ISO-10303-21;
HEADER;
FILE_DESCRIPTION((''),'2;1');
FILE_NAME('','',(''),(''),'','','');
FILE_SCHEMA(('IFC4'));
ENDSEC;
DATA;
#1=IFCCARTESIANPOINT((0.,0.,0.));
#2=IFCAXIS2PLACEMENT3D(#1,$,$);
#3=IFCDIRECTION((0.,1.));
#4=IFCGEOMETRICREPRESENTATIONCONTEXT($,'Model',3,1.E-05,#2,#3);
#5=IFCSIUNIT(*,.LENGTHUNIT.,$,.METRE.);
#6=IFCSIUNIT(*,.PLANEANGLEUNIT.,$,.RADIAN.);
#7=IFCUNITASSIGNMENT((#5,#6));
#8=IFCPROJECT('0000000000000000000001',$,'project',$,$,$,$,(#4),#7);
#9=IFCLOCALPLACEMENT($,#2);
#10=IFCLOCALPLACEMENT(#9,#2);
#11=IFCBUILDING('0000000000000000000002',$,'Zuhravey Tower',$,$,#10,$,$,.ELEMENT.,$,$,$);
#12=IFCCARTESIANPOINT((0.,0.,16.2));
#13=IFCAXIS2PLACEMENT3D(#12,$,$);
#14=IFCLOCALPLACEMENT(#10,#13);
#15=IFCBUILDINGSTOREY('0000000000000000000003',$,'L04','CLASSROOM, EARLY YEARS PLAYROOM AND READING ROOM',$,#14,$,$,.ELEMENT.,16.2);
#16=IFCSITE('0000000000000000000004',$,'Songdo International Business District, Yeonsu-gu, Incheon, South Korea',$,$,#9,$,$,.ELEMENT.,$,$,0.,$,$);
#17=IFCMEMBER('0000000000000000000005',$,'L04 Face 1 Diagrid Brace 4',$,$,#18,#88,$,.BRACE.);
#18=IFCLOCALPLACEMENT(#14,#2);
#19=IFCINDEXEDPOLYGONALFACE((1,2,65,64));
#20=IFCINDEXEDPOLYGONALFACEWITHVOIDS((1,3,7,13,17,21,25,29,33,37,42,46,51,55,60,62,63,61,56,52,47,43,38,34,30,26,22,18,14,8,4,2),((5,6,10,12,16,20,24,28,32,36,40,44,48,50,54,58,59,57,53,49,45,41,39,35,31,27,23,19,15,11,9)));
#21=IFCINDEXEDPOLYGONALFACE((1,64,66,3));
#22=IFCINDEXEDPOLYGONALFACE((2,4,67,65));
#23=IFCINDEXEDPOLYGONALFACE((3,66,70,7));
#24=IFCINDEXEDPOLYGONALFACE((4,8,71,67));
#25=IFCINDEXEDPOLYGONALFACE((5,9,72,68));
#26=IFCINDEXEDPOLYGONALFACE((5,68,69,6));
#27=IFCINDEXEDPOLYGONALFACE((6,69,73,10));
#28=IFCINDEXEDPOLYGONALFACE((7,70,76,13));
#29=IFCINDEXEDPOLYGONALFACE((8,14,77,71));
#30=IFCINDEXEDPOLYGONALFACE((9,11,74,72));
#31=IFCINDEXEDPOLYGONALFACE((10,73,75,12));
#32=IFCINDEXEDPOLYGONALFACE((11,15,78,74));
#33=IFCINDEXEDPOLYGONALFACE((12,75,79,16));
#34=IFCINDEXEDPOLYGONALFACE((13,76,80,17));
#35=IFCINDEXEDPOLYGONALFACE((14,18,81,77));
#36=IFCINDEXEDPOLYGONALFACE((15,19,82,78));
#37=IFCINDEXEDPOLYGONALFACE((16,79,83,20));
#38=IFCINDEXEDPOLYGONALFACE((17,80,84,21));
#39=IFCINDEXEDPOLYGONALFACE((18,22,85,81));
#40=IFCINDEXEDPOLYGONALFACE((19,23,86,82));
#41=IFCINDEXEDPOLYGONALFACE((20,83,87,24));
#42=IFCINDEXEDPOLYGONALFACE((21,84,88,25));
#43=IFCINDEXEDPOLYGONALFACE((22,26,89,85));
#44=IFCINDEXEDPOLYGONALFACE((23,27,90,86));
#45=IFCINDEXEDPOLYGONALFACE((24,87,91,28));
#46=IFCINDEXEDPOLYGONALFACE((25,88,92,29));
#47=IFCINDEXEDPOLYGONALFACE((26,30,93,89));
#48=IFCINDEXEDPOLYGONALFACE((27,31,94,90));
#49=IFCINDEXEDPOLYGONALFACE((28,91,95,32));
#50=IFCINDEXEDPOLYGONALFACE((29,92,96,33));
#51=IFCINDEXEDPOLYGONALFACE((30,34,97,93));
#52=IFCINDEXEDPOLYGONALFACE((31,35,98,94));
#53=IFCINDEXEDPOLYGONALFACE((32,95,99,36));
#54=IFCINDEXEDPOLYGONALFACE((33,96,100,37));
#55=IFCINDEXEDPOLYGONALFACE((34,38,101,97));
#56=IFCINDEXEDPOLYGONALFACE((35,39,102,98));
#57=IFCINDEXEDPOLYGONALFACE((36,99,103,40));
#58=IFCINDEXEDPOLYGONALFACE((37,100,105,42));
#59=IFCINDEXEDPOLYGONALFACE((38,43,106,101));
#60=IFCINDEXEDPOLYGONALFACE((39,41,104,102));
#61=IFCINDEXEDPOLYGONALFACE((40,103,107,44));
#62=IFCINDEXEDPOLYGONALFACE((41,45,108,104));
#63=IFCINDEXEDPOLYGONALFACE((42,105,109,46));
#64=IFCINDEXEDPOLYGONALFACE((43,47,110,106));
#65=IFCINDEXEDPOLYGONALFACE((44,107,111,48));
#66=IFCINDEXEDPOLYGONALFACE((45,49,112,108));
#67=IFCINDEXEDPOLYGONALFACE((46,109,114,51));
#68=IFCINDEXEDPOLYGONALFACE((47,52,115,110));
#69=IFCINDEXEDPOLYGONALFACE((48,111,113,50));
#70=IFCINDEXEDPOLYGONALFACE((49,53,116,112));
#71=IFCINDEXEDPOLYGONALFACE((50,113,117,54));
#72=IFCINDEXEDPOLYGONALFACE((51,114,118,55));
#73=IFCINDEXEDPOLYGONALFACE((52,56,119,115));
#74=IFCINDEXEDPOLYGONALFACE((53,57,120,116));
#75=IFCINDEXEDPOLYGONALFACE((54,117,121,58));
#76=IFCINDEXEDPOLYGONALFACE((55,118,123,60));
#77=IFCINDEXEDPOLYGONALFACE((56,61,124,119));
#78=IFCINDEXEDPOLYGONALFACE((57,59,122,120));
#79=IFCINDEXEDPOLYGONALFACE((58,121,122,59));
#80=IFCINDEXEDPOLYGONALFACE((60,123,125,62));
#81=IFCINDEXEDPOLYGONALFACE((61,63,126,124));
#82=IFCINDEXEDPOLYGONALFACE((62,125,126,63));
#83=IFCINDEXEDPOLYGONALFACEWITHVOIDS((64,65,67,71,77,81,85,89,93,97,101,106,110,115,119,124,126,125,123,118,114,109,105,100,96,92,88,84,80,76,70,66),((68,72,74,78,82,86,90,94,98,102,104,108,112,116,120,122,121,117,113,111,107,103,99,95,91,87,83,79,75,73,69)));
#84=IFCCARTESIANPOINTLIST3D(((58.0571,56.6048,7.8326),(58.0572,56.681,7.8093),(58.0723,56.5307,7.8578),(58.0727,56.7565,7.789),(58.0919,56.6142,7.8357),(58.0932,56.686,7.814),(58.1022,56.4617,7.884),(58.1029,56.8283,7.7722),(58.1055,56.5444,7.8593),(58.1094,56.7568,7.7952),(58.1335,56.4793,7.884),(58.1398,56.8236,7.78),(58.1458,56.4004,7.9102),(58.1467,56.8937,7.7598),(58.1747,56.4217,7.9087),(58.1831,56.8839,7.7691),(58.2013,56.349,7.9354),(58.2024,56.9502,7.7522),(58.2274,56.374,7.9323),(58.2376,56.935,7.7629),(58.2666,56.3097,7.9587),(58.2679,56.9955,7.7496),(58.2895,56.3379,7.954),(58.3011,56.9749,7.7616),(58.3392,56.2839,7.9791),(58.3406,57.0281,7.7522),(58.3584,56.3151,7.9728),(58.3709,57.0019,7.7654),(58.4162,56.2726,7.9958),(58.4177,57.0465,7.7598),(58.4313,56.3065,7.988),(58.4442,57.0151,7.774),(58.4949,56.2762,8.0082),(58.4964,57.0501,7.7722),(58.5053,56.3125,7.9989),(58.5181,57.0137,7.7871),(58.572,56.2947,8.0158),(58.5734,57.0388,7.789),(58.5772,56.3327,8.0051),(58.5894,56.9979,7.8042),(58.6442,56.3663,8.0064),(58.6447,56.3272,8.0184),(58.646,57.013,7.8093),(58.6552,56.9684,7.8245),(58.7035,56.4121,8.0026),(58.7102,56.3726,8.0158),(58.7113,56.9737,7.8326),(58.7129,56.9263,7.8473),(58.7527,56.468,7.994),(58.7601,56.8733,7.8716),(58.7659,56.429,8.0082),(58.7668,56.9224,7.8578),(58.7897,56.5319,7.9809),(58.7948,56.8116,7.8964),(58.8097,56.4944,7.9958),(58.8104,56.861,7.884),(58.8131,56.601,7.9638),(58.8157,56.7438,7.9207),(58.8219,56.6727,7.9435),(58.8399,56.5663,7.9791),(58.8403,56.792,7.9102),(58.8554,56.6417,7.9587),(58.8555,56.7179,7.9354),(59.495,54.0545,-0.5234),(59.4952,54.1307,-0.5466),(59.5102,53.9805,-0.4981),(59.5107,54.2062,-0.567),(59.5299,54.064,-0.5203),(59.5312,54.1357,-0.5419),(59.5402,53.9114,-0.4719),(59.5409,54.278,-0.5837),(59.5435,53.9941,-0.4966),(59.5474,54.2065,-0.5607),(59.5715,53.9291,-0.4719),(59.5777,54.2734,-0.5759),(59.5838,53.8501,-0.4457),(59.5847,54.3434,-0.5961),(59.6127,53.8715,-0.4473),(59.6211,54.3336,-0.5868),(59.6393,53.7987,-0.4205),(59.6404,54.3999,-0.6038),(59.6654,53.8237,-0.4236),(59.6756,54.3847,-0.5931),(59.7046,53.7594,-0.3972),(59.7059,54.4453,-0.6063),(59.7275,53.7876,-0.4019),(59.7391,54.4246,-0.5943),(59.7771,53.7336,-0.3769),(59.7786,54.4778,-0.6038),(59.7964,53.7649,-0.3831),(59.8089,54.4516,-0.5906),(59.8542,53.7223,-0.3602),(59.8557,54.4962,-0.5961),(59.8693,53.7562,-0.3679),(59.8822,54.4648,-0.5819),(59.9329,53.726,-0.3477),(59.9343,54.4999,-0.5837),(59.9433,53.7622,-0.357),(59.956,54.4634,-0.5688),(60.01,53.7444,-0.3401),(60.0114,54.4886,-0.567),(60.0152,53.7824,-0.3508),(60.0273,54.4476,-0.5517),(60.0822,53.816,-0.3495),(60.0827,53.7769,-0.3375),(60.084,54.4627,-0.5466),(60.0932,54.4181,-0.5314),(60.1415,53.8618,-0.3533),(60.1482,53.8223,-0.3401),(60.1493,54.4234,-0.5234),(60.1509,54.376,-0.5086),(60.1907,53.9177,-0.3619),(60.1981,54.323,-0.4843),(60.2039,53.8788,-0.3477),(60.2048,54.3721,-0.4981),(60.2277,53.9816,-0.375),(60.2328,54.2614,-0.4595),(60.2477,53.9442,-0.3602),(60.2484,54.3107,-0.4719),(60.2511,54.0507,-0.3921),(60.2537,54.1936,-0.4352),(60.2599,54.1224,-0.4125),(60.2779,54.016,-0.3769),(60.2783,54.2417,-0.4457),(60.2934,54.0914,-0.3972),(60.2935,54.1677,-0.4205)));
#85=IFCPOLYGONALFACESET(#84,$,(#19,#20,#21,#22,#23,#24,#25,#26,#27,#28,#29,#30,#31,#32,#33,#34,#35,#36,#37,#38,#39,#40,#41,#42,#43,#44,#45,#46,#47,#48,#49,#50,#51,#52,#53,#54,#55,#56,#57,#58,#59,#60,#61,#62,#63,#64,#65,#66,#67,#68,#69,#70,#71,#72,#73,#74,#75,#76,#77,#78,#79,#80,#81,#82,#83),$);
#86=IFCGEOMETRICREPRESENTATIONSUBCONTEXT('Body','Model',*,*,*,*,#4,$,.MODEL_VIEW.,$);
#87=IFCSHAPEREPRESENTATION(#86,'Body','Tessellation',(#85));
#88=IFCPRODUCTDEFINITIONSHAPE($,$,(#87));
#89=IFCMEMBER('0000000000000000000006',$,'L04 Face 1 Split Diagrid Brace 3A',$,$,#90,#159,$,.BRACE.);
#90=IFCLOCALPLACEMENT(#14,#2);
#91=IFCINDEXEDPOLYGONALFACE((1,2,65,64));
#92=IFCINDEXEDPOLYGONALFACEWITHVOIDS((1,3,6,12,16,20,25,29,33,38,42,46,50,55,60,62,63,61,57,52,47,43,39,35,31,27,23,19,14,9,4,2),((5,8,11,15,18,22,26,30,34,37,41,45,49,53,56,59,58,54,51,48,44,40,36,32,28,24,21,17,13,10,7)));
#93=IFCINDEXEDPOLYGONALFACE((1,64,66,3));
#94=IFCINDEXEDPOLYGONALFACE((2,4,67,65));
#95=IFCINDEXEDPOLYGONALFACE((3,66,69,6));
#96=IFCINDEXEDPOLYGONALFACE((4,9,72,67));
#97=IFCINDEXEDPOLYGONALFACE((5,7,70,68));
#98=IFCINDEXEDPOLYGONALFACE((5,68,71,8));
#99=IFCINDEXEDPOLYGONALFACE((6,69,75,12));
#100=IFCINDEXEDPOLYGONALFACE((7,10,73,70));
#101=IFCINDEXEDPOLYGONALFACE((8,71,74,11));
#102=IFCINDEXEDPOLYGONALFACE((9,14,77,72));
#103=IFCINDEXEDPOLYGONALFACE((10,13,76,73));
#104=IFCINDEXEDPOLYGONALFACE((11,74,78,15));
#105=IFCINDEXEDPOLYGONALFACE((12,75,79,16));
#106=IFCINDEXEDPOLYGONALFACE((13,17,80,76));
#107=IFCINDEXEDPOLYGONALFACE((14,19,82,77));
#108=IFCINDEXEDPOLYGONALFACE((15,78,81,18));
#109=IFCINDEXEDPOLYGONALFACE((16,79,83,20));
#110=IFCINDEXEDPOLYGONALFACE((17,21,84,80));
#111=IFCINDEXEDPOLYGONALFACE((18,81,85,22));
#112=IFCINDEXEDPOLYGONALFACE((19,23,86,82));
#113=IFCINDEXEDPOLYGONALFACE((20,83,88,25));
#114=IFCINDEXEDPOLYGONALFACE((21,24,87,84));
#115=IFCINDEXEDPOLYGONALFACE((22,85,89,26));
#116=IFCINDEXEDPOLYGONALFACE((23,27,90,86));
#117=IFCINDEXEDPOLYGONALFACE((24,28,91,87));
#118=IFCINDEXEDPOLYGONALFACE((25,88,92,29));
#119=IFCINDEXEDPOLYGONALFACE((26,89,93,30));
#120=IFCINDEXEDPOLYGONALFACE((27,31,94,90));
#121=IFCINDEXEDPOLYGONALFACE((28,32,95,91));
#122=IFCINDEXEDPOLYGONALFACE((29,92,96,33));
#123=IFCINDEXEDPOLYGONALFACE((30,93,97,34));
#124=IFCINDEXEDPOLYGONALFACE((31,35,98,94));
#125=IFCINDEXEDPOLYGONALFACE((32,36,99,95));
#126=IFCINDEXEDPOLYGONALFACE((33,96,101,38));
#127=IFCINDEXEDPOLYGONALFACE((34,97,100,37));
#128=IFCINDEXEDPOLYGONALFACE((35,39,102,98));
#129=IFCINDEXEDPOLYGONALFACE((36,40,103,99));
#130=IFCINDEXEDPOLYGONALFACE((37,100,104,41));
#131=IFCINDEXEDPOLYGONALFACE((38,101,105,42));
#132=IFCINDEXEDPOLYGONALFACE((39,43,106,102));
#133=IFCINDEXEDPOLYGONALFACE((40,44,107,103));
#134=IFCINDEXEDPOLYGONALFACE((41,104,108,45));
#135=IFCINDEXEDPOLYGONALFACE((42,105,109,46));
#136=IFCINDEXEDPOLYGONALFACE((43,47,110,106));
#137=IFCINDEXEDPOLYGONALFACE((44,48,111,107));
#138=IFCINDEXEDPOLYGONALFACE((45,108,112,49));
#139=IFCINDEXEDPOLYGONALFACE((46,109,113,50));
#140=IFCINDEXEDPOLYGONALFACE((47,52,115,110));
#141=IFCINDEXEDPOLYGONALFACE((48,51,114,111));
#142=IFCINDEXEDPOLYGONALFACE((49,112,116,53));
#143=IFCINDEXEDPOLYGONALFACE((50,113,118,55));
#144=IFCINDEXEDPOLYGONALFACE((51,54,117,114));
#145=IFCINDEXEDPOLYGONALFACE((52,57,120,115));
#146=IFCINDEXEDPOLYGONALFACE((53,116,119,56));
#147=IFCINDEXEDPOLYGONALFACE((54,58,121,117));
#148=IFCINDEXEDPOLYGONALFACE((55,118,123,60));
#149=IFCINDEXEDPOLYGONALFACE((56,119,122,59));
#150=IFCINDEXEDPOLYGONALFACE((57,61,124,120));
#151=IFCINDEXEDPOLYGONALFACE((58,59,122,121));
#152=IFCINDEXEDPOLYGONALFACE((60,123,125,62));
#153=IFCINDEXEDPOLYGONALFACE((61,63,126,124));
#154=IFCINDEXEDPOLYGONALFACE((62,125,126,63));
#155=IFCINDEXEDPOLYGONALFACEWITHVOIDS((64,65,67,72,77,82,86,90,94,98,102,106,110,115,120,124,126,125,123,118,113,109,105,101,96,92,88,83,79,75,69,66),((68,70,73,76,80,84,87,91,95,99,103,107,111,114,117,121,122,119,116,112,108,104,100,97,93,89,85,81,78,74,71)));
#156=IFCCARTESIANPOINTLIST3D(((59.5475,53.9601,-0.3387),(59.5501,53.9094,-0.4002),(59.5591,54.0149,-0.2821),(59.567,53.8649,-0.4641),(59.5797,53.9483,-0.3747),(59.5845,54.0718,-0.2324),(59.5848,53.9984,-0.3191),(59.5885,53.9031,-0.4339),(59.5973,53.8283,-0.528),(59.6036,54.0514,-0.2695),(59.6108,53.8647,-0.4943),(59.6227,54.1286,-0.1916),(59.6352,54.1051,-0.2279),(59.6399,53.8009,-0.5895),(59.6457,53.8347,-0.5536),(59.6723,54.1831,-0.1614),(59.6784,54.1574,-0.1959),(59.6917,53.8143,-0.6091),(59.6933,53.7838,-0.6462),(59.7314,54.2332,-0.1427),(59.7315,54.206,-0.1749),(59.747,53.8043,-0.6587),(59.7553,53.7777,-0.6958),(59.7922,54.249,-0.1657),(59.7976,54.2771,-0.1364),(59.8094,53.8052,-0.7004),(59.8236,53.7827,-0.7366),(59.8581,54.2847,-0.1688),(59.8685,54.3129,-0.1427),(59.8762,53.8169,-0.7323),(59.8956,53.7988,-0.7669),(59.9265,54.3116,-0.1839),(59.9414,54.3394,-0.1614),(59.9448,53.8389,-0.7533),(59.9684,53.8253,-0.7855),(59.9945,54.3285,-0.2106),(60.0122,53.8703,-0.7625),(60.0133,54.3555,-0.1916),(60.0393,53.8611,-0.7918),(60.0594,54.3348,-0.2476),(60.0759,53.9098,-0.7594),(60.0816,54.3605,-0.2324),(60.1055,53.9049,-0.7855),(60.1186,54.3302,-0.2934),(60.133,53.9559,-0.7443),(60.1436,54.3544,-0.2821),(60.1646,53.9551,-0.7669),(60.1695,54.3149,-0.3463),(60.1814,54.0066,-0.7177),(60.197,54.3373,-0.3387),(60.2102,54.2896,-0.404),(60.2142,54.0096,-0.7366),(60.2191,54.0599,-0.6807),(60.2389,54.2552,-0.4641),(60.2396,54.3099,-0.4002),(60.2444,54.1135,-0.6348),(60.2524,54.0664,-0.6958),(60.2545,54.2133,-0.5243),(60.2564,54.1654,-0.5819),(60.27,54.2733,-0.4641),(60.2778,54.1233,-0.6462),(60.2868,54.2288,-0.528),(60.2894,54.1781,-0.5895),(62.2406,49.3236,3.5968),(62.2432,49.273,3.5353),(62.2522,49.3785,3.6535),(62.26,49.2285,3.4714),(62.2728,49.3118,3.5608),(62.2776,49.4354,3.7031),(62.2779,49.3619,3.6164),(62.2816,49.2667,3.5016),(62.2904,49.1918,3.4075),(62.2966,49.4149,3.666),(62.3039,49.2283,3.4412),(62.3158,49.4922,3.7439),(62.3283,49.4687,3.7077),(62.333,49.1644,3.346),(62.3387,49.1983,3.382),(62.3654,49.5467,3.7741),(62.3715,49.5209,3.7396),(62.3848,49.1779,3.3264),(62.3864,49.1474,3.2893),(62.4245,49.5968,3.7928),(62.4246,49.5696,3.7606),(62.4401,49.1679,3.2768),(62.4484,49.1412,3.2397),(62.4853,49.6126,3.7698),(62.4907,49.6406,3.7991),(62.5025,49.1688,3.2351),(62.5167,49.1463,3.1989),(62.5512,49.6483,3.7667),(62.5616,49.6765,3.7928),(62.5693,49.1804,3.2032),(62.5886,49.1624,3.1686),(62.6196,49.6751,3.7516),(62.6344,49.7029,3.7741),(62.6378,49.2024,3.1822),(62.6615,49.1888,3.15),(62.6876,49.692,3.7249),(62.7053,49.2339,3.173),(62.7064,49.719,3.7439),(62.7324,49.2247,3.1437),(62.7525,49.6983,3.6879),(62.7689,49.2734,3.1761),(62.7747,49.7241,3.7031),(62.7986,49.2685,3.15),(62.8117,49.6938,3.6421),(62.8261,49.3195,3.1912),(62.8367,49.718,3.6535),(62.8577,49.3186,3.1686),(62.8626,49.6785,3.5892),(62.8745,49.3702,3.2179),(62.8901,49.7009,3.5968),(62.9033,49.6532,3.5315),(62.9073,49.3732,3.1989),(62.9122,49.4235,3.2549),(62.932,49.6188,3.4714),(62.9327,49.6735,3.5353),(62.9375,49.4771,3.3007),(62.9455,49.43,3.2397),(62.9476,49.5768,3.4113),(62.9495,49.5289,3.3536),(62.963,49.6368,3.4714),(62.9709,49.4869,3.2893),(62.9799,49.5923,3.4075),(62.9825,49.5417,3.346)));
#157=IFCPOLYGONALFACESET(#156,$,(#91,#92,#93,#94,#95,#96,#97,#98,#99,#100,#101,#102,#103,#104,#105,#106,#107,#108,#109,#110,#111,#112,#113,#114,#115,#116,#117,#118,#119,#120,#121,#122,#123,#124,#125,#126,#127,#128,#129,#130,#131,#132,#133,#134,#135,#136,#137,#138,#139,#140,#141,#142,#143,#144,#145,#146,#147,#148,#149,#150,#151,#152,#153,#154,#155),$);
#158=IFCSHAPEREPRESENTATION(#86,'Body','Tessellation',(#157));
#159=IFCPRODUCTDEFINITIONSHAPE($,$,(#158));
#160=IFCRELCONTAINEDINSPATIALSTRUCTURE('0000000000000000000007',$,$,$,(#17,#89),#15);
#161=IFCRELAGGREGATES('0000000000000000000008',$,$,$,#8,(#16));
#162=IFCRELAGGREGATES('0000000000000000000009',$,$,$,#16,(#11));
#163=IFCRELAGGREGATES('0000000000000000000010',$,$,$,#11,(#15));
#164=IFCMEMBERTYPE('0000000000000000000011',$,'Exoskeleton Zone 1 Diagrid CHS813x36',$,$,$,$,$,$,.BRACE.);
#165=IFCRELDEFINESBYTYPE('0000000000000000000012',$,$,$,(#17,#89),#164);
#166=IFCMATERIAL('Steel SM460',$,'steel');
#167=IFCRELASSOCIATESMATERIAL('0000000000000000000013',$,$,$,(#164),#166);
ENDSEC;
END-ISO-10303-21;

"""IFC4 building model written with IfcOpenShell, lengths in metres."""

from ifc_helpers import new_model, si_unit, direction, frame, origin, origin_2d, place, context, subcontext, project, spatial, hollow_circle, extrude, material, material_profile, profile_set, type_object, element, save


model = new_model("IFC4")

# Units and contexts
model_context = context("Model", 3, precision=1e-05, world=origin(), true_north=direction((0.0, 1.0)))
body_context = subcontext(model_context, "Body", "Model", "MODEL_VIEW")
ifc_project = project(units=[si_unit("LENGTHUNIT", "METRE"), si_unit("PLANEANGLEUNIT", "RADIAN")], contexts=[model_context])

# Site, building, storey
site_placement = place(None, origin())
site = spatial("IfcSite", under=ifc_project, at=site_placement, Name="Songdo International Business District, Yeonsu-gu, Incheon, South Korea", CompositionType="ELEMENT", RefElevation=0.0)
building_placement = place(site_placement, origin())
building = spatial("IfcBuilding", under=site, at=building_placement, Name="Zuhravey Tower", CompositionType="ELEMENT")
storey_placement = place(building_placement, frame((0.0, 0.0, 16.2)))
storey = spatial("IfcBuildingStorey", under=building, at=storey_placement, Name="L04", Description="CLASSROOM, EARLY YEARS PLAYROOM AND READING ROOM", CompositionType="ELEMENT", Elevation=16.2)

# Members
ifc_material_1 = material(Name="Steel SM460", Category="steel")
ifc_material_profile_1 = material_profile(ifc_material_1, hollow_circle(Radius=0.4065, WallThickness=0.0359, at=origin_2d()), Name="CHS-812.8x36")
ifc_profile_set_1 = profile_set([ifc_material_profile_1], Name="Steel SM460")
member_type_1 = type_object("IfcMemberType", Name="Exoskeleton Zone 1 Diagrid CHS813x36", PredefinedType="BRACE", material=ifc_profile_set_1)
member_1_placement = place(storey_placement, frame((59.8943, 54.1111, -0.4719), z_axis=(-0.162411, 0.288038, 0.943746), x_axis=(-0.871072, -0.491156, 0.0)))
element("IfcMember", 1, at=member_1_placement, inside=storey, type_object=member_type_1, Name="L04 Face 1 Diagrid Brace 4", PredefinedType="BRACE", context=body_context, shape_type="SweptSolid", body=[
    extrude(hollow_circle(Radius=0.4065, WallThickness=0.0359, at=origin_2d()), origin(), (0.0, 0.0, 1.0), 8.854),
])
member_2_placement = place(storey_placement, frame((59.9185, 54.0691, -0.4641), z_axis=(0.404907, -0.69709, 0.591706), x_axis=(0.86471, 0.502271, 0.0)))
element("IfcMember", 2, at=member_2_placement, inside=storey, type_object=member_type_1, Name="L04 Face 1 Split Diagrid Brace 3A", PredefinedType="BRACE", context=body_context, shape_type="SweptSolid", body=[
    extrude(hollow_circle(Radius=0.4065, WallThickness=0.0359, at=origin_2d()), origin(), (0.0, 0.0, 1.0), 6.6511),
])

save(model, "model.ifc")
